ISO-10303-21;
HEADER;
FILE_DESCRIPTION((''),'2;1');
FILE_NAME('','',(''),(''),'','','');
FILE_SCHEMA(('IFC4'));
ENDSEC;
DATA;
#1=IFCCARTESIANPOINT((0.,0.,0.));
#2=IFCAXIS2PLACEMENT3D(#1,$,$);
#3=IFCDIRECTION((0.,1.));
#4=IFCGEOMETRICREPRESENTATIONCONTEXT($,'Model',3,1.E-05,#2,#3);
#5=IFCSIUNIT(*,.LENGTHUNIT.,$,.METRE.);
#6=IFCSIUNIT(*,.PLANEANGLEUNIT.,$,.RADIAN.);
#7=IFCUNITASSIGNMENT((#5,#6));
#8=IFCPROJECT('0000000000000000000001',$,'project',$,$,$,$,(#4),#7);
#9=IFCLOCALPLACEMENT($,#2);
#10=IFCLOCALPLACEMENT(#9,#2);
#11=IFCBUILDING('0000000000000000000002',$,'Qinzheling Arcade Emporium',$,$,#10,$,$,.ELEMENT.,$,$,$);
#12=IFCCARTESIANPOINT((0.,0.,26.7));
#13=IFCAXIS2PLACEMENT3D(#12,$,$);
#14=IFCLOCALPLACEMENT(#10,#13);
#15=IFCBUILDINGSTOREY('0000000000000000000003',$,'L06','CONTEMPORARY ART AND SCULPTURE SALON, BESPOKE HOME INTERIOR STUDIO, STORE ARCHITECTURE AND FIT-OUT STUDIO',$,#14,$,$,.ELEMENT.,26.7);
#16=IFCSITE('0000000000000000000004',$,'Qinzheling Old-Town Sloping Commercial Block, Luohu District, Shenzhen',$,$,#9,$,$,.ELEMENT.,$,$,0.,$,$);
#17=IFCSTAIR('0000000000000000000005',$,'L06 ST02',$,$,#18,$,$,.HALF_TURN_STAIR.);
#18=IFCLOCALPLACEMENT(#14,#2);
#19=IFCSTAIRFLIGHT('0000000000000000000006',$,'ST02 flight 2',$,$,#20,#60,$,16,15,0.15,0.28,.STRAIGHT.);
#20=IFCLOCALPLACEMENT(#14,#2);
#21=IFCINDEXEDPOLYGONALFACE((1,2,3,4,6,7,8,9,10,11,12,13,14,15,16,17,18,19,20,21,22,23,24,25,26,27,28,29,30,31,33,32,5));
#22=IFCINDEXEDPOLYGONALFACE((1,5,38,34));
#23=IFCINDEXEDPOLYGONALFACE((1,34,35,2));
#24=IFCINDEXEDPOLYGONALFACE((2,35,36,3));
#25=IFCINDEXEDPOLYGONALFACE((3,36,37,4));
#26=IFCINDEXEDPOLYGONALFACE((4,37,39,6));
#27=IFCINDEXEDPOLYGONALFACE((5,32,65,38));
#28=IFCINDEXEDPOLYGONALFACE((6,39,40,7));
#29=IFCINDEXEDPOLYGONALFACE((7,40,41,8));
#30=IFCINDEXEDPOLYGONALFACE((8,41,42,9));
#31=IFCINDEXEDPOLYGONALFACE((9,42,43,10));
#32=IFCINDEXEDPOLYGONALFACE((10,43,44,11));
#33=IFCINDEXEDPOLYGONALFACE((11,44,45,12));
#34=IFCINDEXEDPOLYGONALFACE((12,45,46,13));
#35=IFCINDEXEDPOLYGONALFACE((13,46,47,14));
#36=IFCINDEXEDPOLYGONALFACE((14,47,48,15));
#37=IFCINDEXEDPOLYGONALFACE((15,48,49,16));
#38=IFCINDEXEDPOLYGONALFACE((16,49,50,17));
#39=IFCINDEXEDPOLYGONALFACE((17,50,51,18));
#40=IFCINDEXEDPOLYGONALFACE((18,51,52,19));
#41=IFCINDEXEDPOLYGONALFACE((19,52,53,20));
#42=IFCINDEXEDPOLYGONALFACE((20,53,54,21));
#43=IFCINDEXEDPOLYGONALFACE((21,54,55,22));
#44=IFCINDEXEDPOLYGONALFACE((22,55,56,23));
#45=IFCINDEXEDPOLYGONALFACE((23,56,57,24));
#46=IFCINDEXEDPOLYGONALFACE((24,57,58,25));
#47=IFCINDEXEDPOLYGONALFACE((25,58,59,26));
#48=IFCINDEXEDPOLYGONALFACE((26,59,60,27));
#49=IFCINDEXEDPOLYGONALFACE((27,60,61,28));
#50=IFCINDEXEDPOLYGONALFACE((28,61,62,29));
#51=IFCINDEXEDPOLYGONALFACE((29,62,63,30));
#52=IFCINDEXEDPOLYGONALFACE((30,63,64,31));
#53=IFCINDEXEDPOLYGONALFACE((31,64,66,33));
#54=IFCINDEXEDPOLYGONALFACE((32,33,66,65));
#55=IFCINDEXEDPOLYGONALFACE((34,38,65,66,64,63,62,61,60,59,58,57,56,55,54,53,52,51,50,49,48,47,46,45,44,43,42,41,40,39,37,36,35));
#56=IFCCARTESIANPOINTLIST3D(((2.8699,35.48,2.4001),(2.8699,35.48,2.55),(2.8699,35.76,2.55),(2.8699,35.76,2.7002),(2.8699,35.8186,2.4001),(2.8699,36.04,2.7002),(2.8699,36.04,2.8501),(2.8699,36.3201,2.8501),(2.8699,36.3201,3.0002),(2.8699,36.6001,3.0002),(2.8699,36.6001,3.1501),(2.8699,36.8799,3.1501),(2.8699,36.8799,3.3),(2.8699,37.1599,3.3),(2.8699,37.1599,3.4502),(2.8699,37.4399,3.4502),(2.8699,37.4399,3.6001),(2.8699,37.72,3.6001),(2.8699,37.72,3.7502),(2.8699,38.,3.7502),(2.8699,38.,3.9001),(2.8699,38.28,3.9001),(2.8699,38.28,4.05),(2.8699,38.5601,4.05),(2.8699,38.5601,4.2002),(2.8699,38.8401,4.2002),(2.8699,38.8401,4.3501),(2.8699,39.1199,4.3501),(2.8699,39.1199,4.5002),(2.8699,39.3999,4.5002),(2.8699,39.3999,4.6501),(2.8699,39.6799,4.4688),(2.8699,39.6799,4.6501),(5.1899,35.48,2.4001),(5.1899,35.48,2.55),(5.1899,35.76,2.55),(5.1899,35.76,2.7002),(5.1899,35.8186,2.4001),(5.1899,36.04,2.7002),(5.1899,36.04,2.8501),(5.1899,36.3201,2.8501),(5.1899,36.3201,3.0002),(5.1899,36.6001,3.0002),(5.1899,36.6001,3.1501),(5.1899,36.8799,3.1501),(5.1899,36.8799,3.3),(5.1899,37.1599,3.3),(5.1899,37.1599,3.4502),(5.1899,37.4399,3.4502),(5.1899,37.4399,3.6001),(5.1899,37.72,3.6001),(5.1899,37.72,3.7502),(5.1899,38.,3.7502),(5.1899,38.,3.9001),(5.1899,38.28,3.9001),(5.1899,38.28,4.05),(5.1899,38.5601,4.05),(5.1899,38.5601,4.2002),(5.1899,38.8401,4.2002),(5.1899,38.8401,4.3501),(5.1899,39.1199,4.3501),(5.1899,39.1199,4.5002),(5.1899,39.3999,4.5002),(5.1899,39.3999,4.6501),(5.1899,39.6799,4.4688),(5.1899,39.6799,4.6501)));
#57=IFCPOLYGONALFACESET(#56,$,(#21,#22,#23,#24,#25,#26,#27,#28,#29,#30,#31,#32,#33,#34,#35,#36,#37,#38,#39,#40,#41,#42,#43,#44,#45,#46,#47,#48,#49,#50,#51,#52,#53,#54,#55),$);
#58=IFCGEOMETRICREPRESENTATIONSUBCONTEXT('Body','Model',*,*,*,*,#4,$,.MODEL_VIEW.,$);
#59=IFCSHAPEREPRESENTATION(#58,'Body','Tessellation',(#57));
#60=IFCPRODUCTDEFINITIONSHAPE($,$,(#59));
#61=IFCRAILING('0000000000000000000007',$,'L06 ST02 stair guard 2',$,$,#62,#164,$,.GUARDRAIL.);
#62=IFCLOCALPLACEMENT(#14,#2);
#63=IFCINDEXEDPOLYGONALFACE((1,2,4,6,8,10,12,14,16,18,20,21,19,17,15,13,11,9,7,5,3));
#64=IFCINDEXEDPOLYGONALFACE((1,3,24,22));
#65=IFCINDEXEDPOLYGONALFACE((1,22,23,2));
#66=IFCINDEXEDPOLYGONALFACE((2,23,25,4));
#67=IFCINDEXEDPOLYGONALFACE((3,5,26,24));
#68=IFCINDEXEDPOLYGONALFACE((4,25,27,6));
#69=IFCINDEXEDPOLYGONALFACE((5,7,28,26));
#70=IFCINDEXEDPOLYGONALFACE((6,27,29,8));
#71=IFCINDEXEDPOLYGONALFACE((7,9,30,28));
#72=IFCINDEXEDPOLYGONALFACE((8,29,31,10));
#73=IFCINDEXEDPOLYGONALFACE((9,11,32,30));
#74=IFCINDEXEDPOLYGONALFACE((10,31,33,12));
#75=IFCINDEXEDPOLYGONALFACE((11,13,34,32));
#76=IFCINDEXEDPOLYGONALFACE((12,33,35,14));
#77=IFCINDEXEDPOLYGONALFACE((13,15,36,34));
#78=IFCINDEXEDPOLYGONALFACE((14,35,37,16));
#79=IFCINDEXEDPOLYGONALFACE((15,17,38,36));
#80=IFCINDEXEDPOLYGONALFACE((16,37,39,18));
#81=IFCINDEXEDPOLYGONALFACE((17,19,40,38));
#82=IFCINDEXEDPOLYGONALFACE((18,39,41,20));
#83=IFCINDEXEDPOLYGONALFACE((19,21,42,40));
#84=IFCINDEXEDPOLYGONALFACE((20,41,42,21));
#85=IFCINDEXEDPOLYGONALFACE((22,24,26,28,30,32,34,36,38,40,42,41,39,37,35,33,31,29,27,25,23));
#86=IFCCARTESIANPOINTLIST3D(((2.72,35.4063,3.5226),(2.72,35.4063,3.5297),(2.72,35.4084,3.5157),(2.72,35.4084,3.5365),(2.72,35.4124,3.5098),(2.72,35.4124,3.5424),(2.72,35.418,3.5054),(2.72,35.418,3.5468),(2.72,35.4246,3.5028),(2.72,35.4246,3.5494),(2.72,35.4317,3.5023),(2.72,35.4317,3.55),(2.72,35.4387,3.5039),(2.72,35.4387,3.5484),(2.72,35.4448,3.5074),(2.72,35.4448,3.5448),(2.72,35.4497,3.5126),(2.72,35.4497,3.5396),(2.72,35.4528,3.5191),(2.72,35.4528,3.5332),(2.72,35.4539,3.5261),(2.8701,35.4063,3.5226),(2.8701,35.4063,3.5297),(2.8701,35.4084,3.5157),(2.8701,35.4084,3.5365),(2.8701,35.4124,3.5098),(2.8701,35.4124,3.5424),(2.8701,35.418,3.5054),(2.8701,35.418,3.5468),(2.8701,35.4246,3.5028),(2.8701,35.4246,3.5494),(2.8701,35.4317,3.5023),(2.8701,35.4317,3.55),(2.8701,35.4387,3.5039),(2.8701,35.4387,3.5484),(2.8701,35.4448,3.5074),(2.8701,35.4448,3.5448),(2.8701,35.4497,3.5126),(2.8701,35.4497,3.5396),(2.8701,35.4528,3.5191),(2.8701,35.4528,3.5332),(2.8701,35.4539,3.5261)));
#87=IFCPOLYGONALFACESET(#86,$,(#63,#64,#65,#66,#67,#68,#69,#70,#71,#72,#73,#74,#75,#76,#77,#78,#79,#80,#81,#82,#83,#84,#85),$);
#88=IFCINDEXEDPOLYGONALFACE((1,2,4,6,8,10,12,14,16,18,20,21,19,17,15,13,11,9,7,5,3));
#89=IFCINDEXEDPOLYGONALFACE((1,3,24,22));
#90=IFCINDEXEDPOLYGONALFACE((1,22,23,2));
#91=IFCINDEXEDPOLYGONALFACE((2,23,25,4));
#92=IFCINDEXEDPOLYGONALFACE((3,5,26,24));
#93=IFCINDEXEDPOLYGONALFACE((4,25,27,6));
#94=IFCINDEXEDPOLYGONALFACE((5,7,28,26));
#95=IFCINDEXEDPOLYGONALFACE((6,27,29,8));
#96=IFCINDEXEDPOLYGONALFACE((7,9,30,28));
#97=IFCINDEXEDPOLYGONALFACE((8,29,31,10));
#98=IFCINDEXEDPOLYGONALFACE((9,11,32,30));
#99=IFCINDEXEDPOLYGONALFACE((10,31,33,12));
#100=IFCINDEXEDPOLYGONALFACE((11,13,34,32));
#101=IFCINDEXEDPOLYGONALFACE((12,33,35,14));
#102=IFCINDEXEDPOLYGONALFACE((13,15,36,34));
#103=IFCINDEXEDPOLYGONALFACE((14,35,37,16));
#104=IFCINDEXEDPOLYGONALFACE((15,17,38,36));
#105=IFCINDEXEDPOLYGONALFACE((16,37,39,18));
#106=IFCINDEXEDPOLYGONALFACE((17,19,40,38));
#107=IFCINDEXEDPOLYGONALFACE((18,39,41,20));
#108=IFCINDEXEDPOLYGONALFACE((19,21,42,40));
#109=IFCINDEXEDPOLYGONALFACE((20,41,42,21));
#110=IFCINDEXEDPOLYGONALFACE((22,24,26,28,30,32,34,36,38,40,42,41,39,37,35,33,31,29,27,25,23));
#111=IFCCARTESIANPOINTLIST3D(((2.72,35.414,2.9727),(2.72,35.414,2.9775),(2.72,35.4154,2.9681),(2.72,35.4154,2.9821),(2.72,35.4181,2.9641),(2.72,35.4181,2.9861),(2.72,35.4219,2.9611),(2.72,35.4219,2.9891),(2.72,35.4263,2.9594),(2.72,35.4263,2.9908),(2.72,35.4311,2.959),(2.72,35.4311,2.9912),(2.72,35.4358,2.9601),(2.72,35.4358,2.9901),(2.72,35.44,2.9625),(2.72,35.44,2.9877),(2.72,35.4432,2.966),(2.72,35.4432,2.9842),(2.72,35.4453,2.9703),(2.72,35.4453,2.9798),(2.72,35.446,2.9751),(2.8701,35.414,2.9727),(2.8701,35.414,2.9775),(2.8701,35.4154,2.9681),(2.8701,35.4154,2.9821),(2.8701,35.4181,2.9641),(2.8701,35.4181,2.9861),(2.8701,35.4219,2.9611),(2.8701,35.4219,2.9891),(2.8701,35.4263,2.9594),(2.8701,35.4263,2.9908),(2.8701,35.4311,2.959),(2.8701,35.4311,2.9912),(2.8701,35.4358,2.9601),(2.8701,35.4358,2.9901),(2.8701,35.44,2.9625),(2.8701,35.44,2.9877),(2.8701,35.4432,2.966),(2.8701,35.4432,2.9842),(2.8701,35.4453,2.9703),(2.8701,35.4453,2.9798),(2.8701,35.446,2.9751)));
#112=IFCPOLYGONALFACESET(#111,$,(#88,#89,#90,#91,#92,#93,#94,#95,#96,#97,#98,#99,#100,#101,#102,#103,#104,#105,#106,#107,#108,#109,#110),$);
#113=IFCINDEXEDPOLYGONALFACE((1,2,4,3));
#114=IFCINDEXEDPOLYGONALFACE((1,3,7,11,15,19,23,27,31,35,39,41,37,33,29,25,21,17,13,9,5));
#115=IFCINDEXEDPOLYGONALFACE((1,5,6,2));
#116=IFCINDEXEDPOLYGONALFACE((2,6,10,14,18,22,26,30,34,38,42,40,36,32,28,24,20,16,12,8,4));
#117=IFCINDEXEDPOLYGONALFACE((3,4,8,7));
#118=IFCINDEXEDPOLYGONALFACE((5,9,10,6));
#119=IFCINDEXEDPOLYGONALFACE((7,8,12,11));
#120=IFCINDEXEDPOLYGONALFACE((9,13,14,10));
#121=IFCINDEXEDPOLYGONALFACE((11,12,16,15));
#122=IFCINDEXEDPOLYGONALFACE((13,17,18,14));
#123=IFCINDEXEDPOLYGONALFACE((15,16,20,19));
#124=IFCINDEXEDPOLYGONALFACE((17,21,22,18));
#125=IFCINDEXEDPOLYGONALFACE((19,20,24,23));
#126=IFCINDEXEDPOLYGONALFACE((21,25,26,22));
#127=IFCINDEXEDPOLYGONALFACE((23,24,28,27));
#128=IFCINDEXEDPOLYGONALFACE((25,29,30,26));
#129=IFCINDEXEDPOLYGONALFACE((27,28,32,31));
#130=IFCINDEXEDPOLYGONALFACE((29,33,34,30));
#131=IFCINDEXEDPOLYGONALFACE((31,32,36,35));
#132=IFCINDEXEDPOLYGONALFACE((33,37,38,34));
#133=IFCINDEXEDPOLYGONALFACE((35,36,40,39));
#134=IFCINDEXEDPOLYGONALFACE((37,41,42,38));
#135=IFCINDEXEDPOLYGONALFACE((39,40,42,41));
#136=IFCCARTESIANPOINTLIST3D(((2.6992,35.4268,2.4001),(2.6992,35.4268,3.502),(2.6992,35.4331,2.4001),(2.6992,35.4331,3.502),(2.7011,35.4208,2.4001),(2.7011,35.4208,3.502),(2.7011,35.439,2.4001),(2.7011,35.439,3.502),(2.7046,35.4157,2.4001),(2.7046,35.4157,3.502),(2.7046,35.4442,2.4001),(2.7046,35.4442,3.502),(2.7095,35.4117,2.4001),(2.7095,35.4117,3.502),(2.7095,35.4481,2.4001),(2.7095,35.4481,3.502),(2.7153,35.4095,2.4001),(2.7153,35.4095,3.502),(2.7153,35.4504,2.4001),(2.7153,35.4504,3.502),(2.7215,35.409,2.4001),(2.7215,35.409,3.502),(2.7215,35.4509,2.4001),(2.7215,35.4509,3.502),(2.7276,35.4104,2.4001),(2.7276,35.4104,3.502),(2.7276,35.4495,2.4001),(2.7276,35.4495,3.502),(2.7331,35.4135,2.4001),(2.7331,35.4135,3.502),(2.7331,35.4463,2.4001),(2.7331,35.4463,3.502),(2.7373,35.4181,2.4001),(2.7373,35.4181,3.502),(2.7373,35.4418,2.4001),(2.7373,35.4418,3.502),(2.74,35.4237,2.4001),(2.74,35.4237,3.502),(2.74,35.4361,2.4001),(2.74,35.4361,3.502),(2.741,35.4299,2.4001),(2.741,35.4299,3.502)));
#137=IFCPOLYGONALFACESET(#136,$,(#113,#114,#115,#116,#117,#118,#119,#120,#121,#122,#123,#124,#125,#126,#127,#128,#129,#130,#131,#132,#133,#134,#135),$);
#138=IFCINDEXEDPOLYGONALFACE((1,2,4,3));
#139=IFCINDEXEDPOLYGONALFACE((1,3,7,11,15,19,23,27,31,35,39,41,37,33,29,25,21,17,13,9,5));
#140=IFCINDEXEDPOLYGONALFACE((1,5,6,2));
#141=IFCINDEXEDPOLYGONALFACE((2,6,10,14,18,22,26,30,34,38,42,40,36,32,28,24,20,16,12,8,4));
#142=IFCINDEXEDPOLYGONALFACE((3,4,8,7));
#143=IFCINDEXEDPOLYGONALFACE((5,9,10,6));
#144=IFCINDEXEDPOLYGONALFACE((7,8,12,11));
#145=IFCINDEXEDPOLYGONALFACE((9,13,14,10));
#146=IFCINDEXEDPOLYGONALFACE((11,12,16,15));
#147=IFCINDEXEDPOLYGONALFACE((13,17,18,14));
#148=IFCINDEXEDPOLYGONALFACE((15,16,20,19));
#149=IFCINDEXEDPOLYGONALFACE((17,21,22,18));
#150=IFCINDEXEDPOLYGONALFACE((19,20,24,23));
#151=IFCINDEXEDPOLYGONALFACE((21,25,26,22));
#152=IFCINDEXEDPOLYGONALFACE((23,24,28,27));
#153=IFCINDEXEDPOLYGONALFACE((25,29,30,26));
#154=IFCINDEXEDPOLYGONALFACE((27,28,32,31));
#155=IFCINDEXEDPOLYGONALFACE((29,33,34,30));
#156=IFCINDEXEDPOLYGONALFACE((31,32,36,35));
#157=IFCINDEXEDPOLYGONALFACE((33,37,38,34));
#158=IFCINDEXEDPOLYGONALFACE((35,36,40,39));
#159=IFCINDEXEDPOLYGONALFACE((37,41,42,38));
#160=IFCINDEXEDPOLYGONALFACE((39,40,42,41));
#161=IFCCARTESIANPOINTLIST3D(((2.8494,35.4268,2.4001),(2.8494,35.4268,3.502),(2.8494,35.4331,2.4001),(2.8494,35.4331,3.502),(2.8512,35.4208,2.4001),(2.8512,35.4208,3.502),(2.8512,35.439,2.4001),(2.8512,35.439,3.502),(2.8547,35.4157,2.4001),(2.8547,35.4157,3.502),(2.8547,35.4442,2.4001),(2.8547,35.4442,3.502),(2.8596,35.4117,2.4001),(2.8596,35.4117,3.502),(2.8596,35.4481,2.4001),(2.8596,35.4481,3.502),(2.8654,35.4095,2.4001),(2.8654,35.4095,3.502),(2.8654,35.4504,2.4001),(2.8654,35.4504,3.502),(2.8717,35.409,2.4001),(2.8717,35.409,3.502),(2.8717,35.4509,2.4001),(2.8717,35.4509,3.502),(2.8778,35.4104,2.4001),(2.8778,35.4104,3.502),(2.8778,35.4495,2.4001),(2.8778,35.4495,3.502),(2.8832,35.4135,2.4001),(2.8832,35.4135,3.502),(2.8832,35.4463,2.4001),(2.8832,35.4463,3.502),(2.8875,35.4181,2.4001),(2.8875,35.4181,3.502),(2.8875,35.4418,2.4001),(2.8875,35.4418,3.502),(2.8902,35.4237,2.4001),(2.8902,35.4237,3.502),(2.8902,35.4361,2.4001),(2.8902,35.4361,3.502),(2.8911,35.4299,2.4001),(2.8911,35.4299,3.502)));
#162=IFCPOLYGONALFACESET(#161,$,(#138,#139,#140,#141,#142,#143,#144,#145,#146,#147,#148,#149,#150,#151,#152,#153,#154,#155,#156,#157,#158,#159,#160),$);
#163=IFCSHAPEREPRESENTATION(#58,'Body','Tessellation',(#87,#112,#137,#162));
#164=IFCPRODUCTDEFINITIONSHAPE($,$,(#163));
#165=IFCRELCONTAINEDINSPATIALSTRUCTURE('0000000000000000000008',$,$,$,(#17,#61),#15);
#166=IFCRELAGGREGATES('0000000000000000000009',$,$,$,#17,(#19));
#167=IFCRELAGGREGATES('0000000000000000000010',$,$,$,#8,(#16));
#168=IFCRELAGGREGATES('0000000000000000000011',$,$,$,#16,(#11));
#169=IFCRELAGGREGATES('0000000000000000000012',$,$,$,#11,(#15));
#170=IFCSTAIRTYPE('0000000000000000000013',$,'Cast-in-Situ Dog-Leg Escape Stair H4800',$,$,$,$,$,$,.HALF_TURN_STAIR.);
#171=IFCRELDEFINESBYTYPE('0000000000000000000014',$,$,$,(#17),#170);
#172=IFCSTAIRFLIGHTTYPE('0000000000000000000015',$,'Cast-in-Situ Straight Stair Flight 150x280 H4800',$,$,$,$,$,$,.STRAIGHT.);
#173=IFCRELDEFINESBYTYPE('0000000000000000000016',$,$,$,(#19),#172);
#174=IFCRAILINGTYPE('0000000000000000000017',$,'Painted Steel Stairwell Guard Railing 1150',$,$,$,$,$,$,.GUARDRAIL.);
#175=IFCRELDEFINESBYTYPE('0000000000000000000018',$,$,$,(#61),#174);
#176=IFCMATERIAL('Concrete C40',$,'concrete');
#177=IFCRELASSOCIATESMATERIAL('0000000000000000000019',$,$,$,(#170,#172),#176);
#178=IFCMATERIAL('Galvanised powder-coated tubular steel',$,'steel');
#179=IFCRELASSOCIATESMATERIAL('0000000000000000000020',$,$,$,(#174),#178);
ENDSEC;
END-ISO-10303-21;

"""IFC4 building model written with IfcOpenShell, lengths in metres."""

from ifc_helpers import new_model, si_unit, direction, frame, origin, origin_2d, place, context, subcontext, project, spatial, polyline, circle, outline, extrude, material, type_object, element, aggregate, save


model = new_model("IFC4")

# Units and contexts
model_context = context("Model", 3, precision=1e-05, world=origin(), true_north=direction((0.0, 1.0)))
body_context = subcontext(model_context, "Body", "Model", "MODEL_VIEW")
ifc_project = project(units=[si_unit("LENGTHUNIT", "METRE"), si_unit("PLANEANGLEUNIT", "RADIAN")], contexts=[model_context])

# Site, building, storey
site_placement = place(None, origin())
site = spatial("IfcSite", under=ifc_project, at=site_placement, Name="Qinzheling Old-Town Sloping Commercial Block, Luohu District, Shenzhen", CompositionType="ELEMENT", RefElevation=0.0)
building_placement = place(site_placement, origin())
building = spatial("IfcBuilding", under=site, at=building_placement, Name="Qinzheling Arcade Emporium", CompositionType="ELEMENT")
storey_placement = place(building_placement, frame((0.0, 0.0, 26.7)))
storey = spatial("IfcBuildingStorey", under=building, at=storey_placement, Name="L06", Description="CONTEMPORARY ART AND SCULPTURE SALON, BESPOKE HOME INTERIOR STUDIO, STORE ARCHITECTURE AND FIT-OUT STUDIO", CompositionType="ELEMENT", Elevation=26.7)

# Shared definitions
ifc_material_1 = material(Name="Concrete C40", Category="concrete")

# Stair, stair flight
stair_type = type_object("IfcStairType", Name="Cast-in-Situ Dog-Leg Escape Stair H4800", PredefinedType="HALF_TURN_STAIR", material=ifc_material_1)
stair_placement = place(storey_placement, origin())
stair = element("IfcStair", 1, at=stair_placement, inside=storey, type_object=stair_type, Name="L06 ST02", PredefinedType="HALF_TURN_STAIR")
stair_flight_type = type_object("IfcStairFlightType", Name="Cast-in-Situ Straight Stair Flight 150x280 H4800", PredefinedType="STRAIGHT", material=ifc_material_1)
stair_flight_1_placement = place(storey_placement, frame((4.03, 35.48, 2.4001), z_axis=(0.0, 0.0, 1.0), x_axis=(0.0, 1.0, 0.0)))
stair_flight_1 = element("IfcStairFlight", 2, at=stair_flight_1_placement, type_object=stair_flight_type, Name="ST02 flight 2", NumberOfRisers=16, NumberOfTreads=15, PredefinedType="STRAIGHT", RiserHeight=0.15, TreadLength=0.28, context=body_context, shape_type="SweptSolid", body=[
    extrude(outline(polyline([(0.0, 0.0), (0.0, 0.1499), (0.28, 0.1499), (0.28, 0.3), (0.5601, 0.3), (0.5601, 0.45), (0.8401, 0.45), (0.8401, 0.6001), (1.1201, 0.6001), (1.1201, 0.75), (1.3999, 0.75), (1.3999, 0.8999), (1.6799, 0.8999), (1.6799, 1.05), (1.96, 1.05), (1.96, 1.2), (2.24, 1.2), (2.24, 1.3501), (2.52, 1.3501), (2.52, 1.5), (2.8, 1.5), (2.8, 1.6499), (3.0801, 1.6499), (3.0801, 1.8), (3.3601, 1.8), (3.3601, 1.95), (3.6399, 1.95), (3.6399, 2.1001), (3.9199, 2.1001), (3.9199, 2.25), (4.2, 2.25), (4.2, 2.3999), (4.2, 2.0686), (0.3386, 0.0), (0.0, 0.0)])), frame((0.0, 1.1602, 0.0), z_axis=(0.0, -1.0, 0.0), x_axis=(1.0, 0.0, 0.0)), (0.0, 0.0, 1.0), 2.3201),
])
aggregate(stair, [stair_flight_1])

# Railing
ifc_material_2 = material(Name="Galvanised powder-coated tubular steel", Category="steel")
railing_type_1 = type_object("IfcRailingType", Name="Painted Steel Stairwell Guard Railing 1150", PredefinedType="GUARDRAIL", material=ifc_material_2)
railing_1_placement = place(storey_placement, frame((2.72, 35.4299, 2.4001)))
element("IfcRailing", 3, at=railing_1_placement, inside=storey, type_object=railing_type_1, Name="L06 ST02 stair guard 2", PredefinedType="GUARDRAIL", context=body_context, shape_type="SweptSolid", body=[
    extrude(circle(Radius=0.0239, at=origin_2d()), frame((0.0, 0.0, 1.126), z_axis=(1.0, 0.0, 0.0), x_axis=(0.0, 1.0, 0.0)), (0.0, 0.0, 1.0), 0.1501),
    extrude(circle(Radius=0.0161, at=origin_2d()), frame((0.0, 0.0, 0.575), z_axis=(1.0, 0.0, 0.0), x_axis=(0.0, 1.0, 0.0)), (0.0, 0.0, 1.0), 0.1501),
    extrude(circle(Radius=0.021, at=origin_2d()), origin(), (0.0, 0.0, 1.0), 1.1018),
    extrude(circle(Radius=0.021, at=origin_2d()), frame((0.1501, 0.0, 0.0)), (0.0, 0.0, 1.0), 1.1018),
])

save(model, "model.ifc")
